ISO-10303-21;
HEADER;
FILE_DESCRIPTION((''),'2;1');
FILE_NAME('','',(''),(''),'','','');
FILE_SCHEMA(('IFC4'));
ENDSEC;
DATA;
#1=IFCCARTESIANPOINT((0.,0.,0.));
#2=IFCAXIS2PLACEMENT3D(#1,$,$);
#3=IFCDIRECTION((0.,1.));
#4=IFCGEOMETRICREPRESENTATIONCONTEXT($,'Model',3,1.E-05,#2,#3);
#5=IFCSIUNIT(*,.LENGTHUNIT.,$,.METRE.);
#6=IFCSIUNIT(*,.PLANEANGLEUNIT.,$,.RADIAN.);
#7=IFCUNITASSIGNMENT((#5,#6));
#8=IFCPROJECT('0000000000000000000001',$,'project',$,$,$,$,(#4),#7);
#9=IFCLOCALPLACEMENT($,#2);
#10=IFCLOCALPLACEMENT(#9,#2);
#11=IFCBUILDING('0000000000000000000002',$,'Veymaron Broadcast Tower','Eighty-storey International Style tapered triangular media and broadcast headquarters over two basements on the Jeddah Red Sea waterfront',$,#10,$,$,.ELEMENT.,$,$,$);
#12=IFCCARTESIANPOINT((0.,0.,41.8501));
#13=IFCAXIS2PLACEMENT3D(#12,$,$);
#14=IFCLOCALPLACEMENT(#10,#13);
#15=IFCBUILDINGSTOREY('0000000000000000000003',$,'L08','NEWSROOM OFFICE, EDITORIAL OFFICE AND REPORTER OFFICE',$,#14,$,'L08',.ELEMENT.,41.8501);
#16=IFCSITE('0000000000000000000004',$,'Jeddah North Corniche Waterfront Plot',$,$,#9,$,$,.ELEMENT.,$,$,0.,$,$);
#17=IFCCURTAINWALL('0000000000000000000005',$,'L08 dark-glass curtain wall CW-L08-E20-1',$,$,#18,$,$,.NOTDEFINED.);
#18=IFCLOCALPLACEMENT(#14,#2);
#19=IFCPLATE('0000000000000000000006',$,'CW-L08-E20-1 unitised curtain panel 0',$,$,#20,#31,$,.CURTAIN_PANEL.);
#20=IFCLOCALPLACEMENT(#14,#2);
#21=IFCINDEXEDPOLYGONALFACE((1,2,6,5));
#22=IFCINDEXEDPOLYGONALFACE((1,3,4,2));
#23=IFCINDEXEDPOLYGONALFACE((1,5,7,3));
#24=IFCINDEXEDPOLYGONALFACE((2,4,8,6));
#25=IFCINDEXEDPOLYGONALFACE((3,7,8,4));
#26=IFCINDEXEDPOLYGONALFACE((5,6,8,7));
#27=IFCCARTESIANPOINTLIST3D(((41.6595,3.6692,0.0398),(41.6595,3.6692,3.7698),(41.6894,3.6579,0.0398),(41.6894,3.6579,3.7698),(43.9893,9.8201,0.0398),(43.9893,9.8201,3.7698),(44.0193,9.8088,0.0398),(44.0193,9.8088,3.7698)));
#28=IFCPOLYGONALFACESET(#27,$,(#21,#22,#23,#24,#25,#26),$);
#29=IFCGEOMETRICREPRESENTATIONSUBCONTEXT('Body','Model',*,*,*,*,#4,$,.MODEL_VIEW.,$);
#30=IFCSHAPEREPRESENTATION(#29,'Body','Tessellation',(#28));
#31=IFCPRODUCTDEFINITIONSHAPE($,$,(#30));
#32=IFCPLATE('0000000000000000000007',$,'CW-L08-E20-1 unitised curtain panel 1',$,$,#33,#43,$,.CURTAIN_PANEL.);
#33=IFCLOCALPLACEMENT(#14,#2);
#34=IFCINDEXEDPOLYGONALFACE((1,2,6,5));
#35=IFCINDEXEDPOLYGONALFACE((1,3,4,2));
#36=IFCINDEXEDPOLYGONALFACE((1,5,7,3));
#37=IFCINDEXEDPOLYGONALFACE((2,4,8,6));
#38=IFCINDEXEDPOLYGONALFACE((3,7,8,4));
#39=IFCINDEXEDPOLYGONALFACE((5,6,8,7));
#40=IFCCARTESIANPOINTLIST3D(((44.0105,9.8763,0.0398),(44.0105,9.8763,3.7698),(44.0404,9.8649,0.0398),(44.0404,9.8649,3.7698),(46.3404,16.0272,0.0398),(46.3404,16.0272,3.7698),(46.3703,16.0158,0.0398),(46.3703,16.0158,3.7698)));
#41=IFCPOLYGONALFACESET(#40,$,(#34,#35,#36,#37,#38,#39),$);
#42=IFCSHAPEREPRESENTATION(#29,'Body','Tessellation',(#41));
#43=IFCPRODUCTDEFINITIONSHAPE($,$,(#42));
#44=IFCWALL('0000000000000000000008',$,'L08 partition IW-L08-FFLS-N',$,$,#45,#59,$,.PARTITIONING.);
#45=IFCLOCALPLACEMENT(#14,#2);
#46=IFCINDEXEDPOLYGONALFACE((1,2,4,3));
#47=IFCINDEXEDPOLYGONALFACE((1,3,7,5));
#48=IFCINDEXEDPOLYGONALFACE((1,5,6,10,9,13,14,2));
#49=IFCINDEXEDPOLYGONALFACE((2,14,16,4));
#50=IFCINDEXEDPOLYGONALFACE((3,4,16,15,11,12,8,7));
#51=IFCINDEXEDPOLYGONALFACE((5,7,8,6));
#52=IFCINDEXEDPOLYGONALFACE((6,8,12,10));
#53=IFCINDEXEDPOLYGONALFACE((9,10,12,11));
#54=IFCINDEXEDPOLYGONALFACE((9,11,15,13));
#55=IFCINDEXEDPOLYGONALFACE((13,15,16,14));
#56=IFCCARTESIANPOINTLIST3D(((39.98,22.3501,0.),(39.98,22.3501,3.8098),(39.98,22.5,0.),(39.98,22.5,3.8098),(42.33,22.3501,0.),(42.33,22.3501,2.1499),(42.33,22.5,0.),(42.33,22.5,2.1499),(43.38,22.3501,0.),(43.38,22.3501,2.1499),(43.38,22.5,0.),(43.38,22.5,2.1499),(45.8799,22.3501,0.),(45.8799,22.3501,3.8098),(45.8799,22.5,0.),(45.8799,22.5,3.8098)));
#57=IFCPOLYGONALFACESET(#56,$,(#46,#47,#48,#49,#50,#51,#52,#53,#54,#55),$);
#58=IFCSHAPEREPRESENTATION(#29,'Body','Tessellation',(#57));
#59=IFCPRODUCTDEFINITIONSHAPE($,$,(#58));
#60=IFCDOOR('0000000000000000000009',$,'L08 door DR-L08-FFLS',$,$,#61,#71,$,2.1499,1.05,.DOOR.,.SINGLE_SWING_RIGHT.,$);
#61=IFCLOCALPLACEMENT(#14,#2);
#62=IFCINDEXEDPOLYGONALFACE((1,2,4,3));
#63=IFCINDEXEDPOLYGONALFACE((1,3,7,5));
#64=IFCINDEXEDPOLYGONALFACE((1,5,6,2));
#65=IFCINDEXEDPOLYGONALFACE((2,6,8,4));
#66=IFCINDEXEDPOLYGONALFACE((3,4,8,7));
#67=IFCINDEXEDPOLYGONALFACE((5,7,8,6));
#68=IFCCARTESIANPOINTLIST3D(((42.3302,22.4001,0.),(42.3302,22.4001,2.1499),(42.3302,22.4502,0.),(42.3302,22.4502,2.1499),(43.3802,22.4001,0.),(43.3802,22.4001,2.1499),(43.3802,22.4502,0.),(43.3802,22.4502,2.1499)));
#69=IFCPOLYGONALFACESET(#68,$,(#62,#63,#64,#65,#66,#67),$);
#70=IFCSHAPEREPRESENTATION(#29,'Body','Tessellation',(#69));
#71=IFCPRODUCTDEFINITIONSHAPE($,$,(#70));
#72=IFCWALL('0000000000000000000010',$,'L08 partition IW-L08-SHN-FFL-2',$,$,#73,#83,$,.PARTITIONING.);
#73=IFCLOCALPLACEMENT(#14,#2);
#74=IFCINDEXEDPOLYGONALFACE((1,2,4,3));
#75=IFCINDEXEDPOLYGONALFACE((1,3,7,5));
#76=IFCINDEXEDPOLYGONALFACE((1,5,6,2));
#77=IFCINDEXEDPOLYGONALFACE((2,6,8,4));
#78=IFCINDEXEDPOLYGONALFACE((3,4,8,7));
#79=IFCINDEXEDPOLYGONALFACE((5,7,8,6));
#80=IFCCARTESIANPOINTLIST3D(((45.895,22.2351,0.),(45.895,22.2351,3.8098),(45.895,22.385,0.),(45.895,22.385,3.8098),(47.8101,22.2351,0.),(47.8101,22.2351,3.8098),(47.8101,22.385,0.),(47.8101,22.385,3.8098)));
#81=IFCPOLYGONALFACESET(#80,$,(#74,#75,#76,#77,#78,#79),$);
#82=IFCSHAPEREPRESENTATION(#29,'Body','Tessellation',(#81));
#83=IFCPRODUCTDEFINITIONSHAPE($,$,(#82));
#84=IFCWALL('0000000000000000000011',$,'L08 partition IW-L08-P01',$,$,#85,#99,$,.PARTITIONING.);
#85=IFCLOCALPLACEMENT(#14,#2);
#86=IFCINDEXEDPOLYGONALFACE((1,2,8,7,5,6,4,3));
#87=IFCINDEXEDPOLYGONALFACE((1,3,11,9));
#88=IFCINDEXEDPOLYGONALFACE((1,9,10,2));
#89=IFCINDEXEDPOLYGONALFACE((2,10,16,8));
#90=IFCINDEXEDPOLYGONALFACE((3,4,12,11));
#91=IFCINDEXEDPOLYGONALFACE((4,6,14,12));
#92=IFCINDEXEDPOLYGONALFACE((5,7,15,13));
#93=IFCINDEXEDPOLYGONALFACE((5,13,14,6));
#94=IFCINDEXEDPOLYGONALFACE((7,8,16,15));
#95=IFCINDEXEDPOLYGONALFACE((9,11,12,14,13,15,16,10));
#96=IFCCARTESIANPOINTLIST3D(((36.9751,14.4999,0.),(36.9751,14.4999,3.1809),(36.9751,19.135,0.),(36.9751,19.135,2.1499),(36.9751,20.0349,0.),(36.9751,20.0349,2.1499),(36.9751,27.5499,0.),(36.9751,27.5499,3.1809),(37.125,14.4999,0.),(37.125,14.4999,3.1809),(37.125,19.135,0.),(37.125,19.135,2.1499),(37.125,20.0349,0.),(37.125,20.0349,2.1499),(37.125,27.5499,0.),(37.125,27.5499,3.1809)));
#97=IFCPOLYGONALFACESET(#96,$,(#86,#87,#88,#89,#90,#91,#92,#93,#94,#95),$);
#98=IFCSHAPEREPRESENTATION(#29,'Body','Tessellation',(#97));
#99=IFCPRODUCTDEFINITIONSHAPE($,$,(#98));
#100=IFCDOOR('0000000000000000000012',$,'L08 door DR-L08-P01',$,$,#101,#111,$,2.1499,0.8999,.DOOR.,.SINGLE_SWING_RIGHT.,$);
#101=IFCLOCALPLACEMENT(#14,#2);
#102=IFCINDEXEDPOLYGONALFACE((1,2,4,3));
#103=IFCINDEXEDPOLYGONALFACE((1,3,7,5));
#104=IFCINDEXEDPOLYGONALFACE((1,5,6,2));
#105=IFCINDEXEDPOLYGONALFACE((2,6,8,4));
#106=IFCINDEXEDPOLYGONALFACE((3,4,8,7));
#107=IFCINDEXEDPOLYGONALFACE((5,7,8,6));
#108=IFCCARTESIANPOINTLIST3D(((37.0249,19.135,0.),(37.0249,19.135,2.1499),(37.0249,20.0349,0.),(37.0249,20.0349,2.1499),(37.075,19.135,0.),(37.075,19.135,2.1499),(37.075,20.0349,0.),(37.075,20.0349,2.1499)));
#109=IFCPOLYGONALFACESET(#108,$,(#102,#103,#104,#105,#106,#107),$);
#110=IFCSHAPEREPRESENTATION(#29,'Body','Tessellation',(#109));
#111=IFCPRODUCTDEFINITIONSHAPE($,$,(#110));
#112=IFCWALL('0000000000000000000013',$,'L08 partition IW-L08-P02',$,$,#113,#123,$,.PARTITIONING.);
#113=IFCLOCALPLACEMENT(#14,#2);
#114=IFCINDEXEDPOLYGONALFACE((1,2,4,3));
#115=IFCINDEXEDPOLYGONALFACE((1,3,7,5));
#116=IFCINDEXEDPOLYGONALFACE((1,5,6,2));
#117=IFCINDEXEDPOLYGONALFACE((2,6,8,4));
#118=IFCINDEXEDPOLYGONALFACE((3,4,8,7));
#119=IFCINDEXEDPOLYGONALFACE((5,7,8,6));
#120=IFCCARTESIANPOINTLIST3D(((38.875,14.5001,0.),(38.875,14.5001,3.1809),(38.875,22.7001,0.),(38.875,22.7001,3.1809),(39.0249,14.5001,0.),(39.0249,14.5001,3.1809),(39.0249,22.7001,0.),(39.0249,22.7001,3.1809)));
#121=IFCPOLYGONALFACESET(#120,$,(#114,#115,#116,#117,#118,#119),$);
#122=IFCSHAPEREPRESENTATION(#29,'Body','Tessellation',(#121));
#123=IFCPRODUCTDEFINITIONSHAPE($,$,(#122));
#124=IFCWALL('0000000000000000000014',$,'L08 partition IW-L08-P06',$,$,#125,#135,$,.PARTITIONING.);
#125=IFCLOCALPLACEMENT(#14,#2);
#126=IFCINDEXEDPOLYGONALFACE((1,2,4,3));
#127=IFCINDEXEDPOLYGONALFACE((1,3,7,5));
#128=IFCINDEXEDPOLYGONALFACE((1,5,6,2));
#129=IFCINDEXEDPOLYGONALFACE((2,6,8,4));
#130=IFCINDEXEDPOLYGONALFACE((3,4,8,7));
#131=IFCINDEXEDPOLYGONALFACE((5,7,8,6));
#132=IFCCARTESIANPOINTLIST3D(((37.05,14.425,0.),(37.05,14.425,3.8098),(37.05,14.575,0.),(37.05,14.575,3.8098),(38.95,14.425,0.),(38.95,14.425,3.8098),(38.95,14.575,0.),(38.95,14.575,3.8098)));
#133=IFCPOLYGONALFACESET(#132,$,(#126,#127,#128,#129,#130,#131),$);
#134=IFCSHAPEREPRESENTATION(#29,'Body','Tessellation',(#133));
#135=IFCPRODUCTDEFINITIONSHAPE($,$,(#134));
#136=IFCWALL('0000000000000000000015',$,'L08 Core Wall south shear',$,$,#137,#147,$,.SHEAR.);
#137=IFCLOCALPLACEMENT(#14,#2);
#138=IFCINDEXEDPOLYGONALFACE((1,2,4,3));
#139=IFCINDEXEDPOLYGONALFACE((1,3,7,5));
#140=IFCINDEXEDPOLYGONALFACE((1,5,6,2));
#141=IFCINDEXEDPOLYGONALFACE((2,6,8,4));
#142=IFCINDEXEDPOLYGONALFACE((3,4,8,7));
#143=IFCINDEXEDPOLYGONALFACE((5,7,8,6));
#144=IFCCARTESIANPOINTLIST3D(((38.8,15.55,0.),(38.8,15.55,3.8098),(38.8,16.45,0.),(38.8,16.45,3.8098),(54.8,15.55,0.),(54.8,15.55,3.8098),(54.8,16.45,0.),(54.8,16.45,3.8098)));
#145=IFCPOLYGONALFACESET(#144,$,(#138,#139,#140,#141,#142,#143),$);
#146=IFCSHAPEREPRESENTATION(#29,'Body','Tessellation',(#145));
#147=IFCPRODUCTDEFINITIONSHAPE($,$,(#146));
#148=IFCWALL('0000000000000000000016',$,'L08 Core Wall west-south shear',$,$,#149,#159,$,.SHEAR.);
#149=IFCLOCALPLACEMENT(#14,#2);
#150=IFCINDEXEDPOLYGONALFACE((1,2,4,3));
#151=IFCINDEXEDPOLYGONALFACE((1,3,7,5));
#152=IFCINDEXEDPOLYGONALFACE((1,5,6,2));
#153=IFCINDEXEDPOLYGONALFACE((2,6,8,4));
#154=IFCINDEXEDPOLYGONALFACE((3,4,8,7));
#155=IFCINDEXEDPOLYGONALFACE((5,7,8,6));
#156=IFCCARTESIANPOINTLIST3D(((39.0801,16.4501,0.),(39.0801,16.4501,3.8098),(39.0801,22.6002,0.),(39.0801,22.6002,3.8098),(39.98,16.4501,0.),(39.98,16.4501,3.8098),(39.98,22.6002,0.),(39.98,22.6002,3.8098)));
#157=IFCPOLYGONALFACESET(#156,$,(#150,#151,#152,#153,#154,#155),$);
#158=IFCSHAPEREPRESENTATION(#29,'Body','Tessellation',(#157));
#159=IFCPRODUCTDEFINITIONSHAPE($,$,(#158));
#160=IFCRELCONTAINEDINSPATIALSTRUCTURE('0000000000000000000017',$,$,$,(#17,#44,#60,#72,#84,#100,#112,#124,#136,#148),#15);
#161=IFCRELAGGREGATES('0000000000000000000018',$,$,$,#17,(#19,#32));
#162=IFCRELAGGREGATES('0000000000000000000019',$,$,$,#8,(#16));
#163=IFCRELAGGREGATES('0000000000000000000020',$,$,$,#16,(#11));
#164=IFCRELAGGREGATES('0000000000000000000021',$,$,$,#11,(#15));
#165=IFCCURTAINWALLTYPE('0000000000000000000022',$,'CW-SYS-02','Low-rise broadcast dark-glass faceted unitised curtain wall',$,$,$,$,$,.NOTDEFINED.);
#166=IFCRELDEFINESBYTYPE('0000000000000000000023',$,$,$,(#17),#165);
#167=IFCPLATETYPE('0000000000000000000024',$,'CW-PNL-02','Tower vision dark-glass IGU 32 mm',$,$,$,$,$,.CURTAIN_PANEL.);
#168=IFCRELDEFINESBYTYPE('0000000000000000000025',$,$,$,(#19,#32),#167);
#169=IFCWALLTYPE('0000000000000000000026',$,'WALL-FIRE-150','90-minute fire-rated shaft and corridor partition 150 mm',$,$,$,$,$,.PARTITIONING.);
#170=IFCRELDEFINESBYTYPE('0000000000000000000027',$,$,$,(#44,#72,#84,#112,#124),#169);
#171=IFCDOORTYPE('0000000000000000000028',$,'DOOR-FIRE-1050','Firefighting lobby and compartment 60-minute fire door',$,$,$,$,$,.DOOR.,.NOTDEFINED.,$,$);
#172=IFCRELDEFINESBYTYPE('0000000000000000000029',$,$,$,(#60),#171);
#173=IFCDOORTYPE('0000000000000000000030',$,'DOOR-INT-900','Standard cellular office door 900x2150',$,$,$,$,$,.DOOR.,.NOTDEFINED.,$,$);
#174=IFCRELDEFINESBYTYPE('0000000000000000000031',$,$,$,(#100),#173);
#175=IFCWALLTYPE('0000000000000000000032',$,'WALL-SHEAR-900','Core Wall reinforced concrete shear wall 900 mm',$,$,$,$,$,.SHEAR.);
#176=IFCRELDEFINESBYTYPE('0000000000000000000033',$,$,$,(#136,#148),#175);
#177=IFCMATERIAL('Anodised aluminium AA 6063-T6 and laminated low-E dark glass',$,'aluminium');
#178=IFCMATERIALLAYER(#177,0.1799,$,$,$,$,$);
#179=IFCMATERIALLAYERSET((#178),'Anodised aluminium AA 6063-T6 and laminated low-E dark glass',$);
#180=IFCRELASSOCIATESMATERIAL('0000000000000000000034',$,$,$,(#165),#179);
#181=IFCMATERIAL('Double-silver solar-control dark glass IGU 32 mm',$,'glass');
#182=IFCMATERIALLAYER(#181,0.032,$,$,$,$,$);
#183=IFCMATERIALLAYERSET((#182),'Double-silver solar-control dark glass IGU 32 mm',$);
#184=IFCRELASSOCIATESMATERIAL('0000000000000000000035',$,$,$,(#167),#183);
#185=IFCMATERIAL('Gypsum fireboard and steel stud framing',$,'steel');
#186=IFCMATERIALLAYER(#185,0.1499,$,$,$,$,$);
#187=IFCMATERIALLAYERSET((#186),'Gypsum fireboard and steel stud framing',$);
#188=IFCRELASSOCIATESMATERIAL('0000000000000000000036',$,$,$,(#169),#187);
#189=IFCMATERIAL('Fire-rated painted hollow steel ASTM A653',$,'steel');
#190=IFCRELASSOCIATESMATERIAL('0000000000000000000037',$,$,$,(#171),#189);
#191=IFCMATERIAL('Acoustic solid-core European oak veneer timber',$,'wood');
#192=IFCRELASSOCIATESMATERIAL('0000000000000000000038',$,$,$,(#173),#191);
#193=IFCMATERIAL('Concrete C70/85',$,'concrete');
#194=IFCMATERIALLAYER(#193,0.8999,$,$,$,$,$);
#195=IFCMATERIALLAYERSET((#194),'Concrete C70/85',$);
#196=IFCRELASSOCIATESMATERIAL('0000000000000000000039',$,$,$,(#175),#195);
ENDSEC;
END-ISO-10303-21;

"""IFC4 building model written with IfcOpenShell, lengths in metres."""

from ifc_helpers import new_model, si_unit, direction, frame, frame_2d, origin, origin_2d, place, context, subcontext, project, spatial, rectangle, extrude, material, layer, layer_set, type_object, element, fill, aggregate, save


model = new_model("IFC4")

# Units and contexts
model_context = context("Model", 3, precision=1e-05, world=origin(), true_north=direction((0.0, 1.0)))
body_context = subcontext(model_context, "Body", "Model", "MODEL_VIEW")
ifc_project = project(units=[si_unit("LENGTHUNIT", "METRE"), si_unit("PLANEANGLEUNIT", "RADIAN")], contexts=[model_context])

# Site, building, storey
site_placement = place(None, origin())
site = spatial("IfcSite", under=ifc_project, at=site_placement, Name="Jeddah North Corniche Waterfront Plot", CompositionType="ELEMENT", RefElevation=0.0)
building_placement = place(site_placement, origin())
building = spatial("IfcBuilding", under=site, at=building_placement, Name="Veymaron Broadcast Tower", Description="Eighty-storey International Style tapered triangular media and broadcast headquarters over two basements on the Jeddah Red Sea waterfront", CompositionType="ELEMENT")
storey_placement = place(building_placement, frame((0.0, 0.0, 41.8501)))
storey = spatial("IfcBuildingStorey", under=building, at=storey_placement, Name="L08", Description="NEWSROOM OFFICE, EDITORIAL OFFICE AND REPORTER OFFICE", LongName="L08", CompositionType="ELEMENT", Elevation=41.8501)

# Shared definitions
ifc_material_1 = material(Name="Concrete C70/85", Category="concrete")

# Curtain wall, plates
ifc_material_2 = material(Name="Anodised aluminium AA 6063-T6 and laminated low-E dark glass", Category="aluminium")
ifc_layer_1 = layer(ifc_material_2, 0.1799)
ifc_layer_set_1 = layer_set([ifc_layer_1], Name="Anodised aluminium AA 6063-T6 and laminated low-E dark glass")
curtain_wall_type = type_object("IfcCurtainWallType", Name="CW-SYS-02", Description="Low-rise broadcast dark-glass faceted unitised curtain wall", PredefinedType="NOTDEFINED", material=ifc_layer_set_1)
curtain_wall_placement = place(storey_placement, origin())
curtain_wall = element("IfcCurtainWall", 1, at=curtain_wall_placement, inside=storey, type_object=curtain_wall_type, Name="L08 dark-glass curtain wall CW-L08-E20-1", PredefinedType="NOTDEFINED")
ifc_material_3 = material(Name="Double-silver solar-control dark glass IGU 32 mm", Category="glass")
ifc_layer_2 = layer(ifc_material_3, 0.032)
ifc_layer_set_2 = layer_set([ifc_layer_2], Name="Double-silver solar-control dark glass IGU 32 mm")
plate_type = type_object("IfcPlateType", Name="CW-PNL-02", Description="Tower vision dark-glass IGU 32 mm", PredefinedType="CURTAIN_PANEL", material=ifc_layer_set_2)
plate_1_placement = place(storey_placement, frame((42.8394, 6.739, 0.0398), z_axis=(0.0, 0.0, 1.0), x_axis=(0.354226, 0.93516, 0.0)))
plate_1 = element("IfcPlate", 2, at=plate_1_placement, type_object=plate_type, Name="CW-L08-E20-1 unitised curtain panel 0", PredefinedType="CURTAIN_PANEL", context=body_context, shape_type="SweptSolid", body=[
    extrude(rectangle(XDim=6.5774, YDim=0.032, at=origin_2d()), origin(), (0.0, 0.0, 1.0), 3.73),
])
plate_2_placement = place(storey_placement, frame((45.1904, 12.946, 0.0398), z_axis=(0.0, 0.0, 1.0), x_axis=(0.354226, 0.93516, 0.0)))
plate_2 = element("IfcPlate", 3, at=plate_2_placement, type_object=plate_type, Name="CW-L08-E20-1 unitised curtain panel 1", PredefinedType="CURTAIN_PANEL", context=body_context, shape_type="SweptSolid", body=[
    extrude(rectangle(XDim=6.5774, YDim=0.032, at=origin_2d()), origin(), (0.0, 0.0, 1.0), 3.73),
])
aggregate(curtain_wall, [plate_1, plate_2])

# Wall, opening, door
ifc_material_4 = material(Name="Gypsum fireboard and steel stud framing", Category="steel")
ifc_layer_3 = layer(ifc_material_4, 0.1499)
ifc_layer_set_3 = layer_set([ifc_layer_3], Name="Gypsum fireboard and steel stud framing")
wall_type_1 = type_object("IfcWallType", Name="WALL-FIRE-150", Description="90-minute fire-rated shaft and corridor partition 150 mm", PredefinedType="PARTITIONING", material=ifc_layer_set_3)
wall_1_placement = place(storey_placement, frame((39.98, 22.425, 0.0), z_axis=(0.0, 0.0, 1.0), x_axis=(1.0, 0.0, 0.0)))
wall_1 = element("IfcWall", 4, at=wall_1_placement, inside=storey, type_object=wall_type_1, Name="L08 partition IW-L08-FFLS-N", PredefinedType="PARTITIONING", context=body_context, shape_type="SweptSolid", body=[
    extrude(rectangle(XDim=5.8999, YDim=0.1499, at=frame_2d((2.95, 0.0))), origin(), (0.0, 0.0, 1.0), 3.8098),
])
opening_1_placement = place(wall_1_placement, frame((2.3501, 0.0, 0.0)))
opening_1 = element("IfcOpeningElement", 5, at=opening_1_placement, cuts=wall_1, PredefinedType="OPENING", context=body_context, shape_type="SweptSolid", body=[
    extrude(rectangle(XDim=1.05, YDim=2.1499, at=frame_2d((0.5249, 1.075))), frame((0.0, 0.085, 0.0), z_axis=(0.0, -1.0, 0.0), x_axis=(1.0, 0.0, 0.0)), (0.0, 0.0, 1.0), 0.1699),
])
ifc_material_5 = material(Name="Fire-rated painted hollow steel ASTM A653", Category="steel")
door_type_1 = type_object("IfcDoorType", Name="DOOR-FIRE-1050", Description="Firefighting lobby and compartment 60-minute fire door", OperationType="NOTDEFINED", PredefinedType="DOOR", material=ifc_material_5)
door_1_placement = place(opening_1_placement, frame((1.05, 0.0, 0.0), z_axis=(0.0, 0.0, 1.0), x_axis=(-1.0, 0.0, 0.0)))
door_1 = element("IfcDoor", 6, at=door_1_placement, inside=storey, type_object=door_type_1, Name="L08 door DR-L08-FFLS", OperationType="SINGLE_SWING_RIGHT", OverallHeight=2.1499, OverallWidth=1.05, PredefinedType="DOOR", context=body_context, shape_type="SweptSolid", body=[
    extrude(rectangle(XDim=1.05, YDim=2.1499, at=frame_2d((0.5249, 1.075))), frame((0.0, 0.0249, 0.0), z_axis=(0.0, -1.0, 0.0), x_axis=(1.0, 0.0, 0.0)), (0.0, 0.0, 1.0), 0.05),
])
fill(opening_1, door_1)

# Wall
wall_2_placement = place(storey_placement, frame((45.895, 22.3101, 0.0), z_axis=(0.0, 0.0, 1.0), x_axis=(1.0, 0.0, 0.0)))
element("IfcWall", 7, at=wall_2_placement, inside=storey, type_object=wall_type_1, Name="L08 partition IW-L08-SHN-FFL-2", PredefinedType="PARTITIONING", context=body_context, shape_type="SweptSolid", body=[
    extrude(rectangle(XDim=1.915, YDim=0.1499, at=frame_2d((0.9575, 0.0))), origin(), (0.0, 0.0, 1.0), 3.8098),
])

# Wall, opening, door
wall_3_placement = place(storey_placement, frame((37.05, 14.5, 0.0), z_axis=(0.0, 0.0, 1.0), x_axis=(0.0, 1.0, 0.0)))
wall_3 = element("IfcWall", 8, at=wall_3_placement, inside=storey, type_object=wall_type_1, Name="L08 partition IW-L08-P01", PredefinedType="PARTITIONING", context=body_context, shape_type="SweptSolid", body=[
    extrude(rectangle(XDim=13.05, YDim=0.1499, at=frame_2d((6.5249, 0.0))), origin(), (0.0, 0.0, 1.0), 3.1809),
])
opening_2_placement = place(wall_3_placement, frame((4.635, 0.0, 0.0)))
opening_2 = element("IfcOpeningElement", 9, at=opening_2_placement, cuts=wall_3, PredefinedType="OPENING", context=body_context, shape_type="SweptSolid", body=[
    extrude(rectangle(XDim=0.8999, YDim=2.1499, at=frame_2d((0.45, 1.075))), frame((0.0, 0.085, 0.0), z_axis=(0.0, -1.0, 0.0), x_axis=(1.0, 0.0, 0.0)), (0.0, 0.0, 1.0), 0.1699),
])
ifc_material_6 = material(Name="Acoustic solid-core European oak veneer timber", Category="wood")
door_type_2 = type_object("IfcDoorType", Name="DOOR-INT-900", Description="Standard cellular office door 900x2150", OperationType="NOTDEFINED", PredefinedType="DOOR", material=ifc_material_6)
door_2_placement = place(opening_2_placement, frame((0.8999, 0.0, 0.0), z_axis=(0.0, 0.0, 1.0), x_axis=(-1.0, 0.0, 0.0)))
door_2 = element("IfcDoor", 10, at=door_2_placement, inside=storey, type_object=door_type_2, Name="L08 door DR-L08-P01", OperationType="SINGLE_SWING_RIGHT", OverallHeight=2.1499, OverallWidth=0.8999, PredefinedType="DOOR", context=body_context, shape_type="SweptSolid", body=[
    extrude(rectangle(XDim=0.8999, YDim=2.1499, at=frame_2d((0.45, 1.075))), frame((0.0, 0.0249, 0.0), z_axis=(0.0, -1.0, 0.0), x_axis=(1.0, 0.0, 0.0)), (0.0, 0.0, 1.0), 0.05),
])
fill(opening_2, door_2)

# Walls
wall_4_placement = place(storey_placement, frame((38.95, 14.5, 0.0), z_axis=(0.0, 0.0, 1.0), x_axis=(0.0, 1.0, 0.0)))
element("IfcWall", 11, at=wall_4_placement, inside=storey, type_object=wall_type_1, Name="L08 partition IW-L08-P02", PredefinedType="PARTITIONING", context=body_context, shape_type="SweptSolid", body=[
    extrude(rectangle(XDim=8.2, YDim=0.1499, at=frame_2d((4.1001, 0.0))), origin(), (0.0, 0.0, 1.0), 3.1809),
])
wall_5_placement = place(storey_placement, frame((37.05, 14.5, 0.0), z_axis=(0.0, 0.0, 1.0), x_axis=(1.0, 0.0, 0.0)))
element("IfcWall", 12, at=wall_5_placement, inside=storey, type_object=wall_type_1, Name="L08 partition IW-L08-P06", PredefinedType="PARTITIONING", context=body_context, shape_type="SweptSolid", body=[
    extrude(rectangle(XDim=1.8999, YDim=0.1499, at=frame_2d((0.95, 0.0))), origin(), (0.0, 0.0, 1.0), 3.8098),
])

# Walls
ifc_layer_4 = layer(ifc_material_1, 0.8999)
ifc_layer_set_4 = layer_set([ifc_layer_4], Name="Concrete C70/85")
wall_type_2 = type_object("IfcWallType", Name="WALL-SHEAR-900", Description="Core Wall reinforced concrete shear wall 900 mm", PredefinedType="SHEAR", material=ifc_layer_set_4)
wall_6_placement = place(storey_placement, frame((38.8, 16.0, 0.0), z_axis=(0.0, 0.0, 1.0), x_axis=(1.0, 0.0, 0.0)))
element("IfcWall", 13, at=wall_6_placement, inside=storey, type_object=wall_type_2, Name="L08 Core Wall south shear", PredefinedType="SHEAR", context=body_context, shape_type="SweptSolid", body=[
    extrude(rectangle(XDim=16.0, YDim=0.8999, at=frame_2d((8.0, 0.0))), origin(), (0.0, 0.0, 1.0), 3.8098),
])
wall_7_placement = place(storey_placement, frame((39.53, 16.45, 0.0), z_axis=(0.0, 0.0, 1.0), x_axis=(0.0, 1.0, 0.0)))
element("IfcWall", 14, at=wall_7_placement, inside=storey, type_object=wall_type_2, Name="L08 Core Wall west-south shear", PredefinedType="SHEAR", context=body_context, shape_type="SweptSolid", body=[
    extrude(rectangle(XDim=6.1501, YDim=0.8999, at=frame_2d((3.0752, 0.0))), origin(), (0.0, 0.0, 1.0), 3.8098),
])

save(model, "model.ifc")
